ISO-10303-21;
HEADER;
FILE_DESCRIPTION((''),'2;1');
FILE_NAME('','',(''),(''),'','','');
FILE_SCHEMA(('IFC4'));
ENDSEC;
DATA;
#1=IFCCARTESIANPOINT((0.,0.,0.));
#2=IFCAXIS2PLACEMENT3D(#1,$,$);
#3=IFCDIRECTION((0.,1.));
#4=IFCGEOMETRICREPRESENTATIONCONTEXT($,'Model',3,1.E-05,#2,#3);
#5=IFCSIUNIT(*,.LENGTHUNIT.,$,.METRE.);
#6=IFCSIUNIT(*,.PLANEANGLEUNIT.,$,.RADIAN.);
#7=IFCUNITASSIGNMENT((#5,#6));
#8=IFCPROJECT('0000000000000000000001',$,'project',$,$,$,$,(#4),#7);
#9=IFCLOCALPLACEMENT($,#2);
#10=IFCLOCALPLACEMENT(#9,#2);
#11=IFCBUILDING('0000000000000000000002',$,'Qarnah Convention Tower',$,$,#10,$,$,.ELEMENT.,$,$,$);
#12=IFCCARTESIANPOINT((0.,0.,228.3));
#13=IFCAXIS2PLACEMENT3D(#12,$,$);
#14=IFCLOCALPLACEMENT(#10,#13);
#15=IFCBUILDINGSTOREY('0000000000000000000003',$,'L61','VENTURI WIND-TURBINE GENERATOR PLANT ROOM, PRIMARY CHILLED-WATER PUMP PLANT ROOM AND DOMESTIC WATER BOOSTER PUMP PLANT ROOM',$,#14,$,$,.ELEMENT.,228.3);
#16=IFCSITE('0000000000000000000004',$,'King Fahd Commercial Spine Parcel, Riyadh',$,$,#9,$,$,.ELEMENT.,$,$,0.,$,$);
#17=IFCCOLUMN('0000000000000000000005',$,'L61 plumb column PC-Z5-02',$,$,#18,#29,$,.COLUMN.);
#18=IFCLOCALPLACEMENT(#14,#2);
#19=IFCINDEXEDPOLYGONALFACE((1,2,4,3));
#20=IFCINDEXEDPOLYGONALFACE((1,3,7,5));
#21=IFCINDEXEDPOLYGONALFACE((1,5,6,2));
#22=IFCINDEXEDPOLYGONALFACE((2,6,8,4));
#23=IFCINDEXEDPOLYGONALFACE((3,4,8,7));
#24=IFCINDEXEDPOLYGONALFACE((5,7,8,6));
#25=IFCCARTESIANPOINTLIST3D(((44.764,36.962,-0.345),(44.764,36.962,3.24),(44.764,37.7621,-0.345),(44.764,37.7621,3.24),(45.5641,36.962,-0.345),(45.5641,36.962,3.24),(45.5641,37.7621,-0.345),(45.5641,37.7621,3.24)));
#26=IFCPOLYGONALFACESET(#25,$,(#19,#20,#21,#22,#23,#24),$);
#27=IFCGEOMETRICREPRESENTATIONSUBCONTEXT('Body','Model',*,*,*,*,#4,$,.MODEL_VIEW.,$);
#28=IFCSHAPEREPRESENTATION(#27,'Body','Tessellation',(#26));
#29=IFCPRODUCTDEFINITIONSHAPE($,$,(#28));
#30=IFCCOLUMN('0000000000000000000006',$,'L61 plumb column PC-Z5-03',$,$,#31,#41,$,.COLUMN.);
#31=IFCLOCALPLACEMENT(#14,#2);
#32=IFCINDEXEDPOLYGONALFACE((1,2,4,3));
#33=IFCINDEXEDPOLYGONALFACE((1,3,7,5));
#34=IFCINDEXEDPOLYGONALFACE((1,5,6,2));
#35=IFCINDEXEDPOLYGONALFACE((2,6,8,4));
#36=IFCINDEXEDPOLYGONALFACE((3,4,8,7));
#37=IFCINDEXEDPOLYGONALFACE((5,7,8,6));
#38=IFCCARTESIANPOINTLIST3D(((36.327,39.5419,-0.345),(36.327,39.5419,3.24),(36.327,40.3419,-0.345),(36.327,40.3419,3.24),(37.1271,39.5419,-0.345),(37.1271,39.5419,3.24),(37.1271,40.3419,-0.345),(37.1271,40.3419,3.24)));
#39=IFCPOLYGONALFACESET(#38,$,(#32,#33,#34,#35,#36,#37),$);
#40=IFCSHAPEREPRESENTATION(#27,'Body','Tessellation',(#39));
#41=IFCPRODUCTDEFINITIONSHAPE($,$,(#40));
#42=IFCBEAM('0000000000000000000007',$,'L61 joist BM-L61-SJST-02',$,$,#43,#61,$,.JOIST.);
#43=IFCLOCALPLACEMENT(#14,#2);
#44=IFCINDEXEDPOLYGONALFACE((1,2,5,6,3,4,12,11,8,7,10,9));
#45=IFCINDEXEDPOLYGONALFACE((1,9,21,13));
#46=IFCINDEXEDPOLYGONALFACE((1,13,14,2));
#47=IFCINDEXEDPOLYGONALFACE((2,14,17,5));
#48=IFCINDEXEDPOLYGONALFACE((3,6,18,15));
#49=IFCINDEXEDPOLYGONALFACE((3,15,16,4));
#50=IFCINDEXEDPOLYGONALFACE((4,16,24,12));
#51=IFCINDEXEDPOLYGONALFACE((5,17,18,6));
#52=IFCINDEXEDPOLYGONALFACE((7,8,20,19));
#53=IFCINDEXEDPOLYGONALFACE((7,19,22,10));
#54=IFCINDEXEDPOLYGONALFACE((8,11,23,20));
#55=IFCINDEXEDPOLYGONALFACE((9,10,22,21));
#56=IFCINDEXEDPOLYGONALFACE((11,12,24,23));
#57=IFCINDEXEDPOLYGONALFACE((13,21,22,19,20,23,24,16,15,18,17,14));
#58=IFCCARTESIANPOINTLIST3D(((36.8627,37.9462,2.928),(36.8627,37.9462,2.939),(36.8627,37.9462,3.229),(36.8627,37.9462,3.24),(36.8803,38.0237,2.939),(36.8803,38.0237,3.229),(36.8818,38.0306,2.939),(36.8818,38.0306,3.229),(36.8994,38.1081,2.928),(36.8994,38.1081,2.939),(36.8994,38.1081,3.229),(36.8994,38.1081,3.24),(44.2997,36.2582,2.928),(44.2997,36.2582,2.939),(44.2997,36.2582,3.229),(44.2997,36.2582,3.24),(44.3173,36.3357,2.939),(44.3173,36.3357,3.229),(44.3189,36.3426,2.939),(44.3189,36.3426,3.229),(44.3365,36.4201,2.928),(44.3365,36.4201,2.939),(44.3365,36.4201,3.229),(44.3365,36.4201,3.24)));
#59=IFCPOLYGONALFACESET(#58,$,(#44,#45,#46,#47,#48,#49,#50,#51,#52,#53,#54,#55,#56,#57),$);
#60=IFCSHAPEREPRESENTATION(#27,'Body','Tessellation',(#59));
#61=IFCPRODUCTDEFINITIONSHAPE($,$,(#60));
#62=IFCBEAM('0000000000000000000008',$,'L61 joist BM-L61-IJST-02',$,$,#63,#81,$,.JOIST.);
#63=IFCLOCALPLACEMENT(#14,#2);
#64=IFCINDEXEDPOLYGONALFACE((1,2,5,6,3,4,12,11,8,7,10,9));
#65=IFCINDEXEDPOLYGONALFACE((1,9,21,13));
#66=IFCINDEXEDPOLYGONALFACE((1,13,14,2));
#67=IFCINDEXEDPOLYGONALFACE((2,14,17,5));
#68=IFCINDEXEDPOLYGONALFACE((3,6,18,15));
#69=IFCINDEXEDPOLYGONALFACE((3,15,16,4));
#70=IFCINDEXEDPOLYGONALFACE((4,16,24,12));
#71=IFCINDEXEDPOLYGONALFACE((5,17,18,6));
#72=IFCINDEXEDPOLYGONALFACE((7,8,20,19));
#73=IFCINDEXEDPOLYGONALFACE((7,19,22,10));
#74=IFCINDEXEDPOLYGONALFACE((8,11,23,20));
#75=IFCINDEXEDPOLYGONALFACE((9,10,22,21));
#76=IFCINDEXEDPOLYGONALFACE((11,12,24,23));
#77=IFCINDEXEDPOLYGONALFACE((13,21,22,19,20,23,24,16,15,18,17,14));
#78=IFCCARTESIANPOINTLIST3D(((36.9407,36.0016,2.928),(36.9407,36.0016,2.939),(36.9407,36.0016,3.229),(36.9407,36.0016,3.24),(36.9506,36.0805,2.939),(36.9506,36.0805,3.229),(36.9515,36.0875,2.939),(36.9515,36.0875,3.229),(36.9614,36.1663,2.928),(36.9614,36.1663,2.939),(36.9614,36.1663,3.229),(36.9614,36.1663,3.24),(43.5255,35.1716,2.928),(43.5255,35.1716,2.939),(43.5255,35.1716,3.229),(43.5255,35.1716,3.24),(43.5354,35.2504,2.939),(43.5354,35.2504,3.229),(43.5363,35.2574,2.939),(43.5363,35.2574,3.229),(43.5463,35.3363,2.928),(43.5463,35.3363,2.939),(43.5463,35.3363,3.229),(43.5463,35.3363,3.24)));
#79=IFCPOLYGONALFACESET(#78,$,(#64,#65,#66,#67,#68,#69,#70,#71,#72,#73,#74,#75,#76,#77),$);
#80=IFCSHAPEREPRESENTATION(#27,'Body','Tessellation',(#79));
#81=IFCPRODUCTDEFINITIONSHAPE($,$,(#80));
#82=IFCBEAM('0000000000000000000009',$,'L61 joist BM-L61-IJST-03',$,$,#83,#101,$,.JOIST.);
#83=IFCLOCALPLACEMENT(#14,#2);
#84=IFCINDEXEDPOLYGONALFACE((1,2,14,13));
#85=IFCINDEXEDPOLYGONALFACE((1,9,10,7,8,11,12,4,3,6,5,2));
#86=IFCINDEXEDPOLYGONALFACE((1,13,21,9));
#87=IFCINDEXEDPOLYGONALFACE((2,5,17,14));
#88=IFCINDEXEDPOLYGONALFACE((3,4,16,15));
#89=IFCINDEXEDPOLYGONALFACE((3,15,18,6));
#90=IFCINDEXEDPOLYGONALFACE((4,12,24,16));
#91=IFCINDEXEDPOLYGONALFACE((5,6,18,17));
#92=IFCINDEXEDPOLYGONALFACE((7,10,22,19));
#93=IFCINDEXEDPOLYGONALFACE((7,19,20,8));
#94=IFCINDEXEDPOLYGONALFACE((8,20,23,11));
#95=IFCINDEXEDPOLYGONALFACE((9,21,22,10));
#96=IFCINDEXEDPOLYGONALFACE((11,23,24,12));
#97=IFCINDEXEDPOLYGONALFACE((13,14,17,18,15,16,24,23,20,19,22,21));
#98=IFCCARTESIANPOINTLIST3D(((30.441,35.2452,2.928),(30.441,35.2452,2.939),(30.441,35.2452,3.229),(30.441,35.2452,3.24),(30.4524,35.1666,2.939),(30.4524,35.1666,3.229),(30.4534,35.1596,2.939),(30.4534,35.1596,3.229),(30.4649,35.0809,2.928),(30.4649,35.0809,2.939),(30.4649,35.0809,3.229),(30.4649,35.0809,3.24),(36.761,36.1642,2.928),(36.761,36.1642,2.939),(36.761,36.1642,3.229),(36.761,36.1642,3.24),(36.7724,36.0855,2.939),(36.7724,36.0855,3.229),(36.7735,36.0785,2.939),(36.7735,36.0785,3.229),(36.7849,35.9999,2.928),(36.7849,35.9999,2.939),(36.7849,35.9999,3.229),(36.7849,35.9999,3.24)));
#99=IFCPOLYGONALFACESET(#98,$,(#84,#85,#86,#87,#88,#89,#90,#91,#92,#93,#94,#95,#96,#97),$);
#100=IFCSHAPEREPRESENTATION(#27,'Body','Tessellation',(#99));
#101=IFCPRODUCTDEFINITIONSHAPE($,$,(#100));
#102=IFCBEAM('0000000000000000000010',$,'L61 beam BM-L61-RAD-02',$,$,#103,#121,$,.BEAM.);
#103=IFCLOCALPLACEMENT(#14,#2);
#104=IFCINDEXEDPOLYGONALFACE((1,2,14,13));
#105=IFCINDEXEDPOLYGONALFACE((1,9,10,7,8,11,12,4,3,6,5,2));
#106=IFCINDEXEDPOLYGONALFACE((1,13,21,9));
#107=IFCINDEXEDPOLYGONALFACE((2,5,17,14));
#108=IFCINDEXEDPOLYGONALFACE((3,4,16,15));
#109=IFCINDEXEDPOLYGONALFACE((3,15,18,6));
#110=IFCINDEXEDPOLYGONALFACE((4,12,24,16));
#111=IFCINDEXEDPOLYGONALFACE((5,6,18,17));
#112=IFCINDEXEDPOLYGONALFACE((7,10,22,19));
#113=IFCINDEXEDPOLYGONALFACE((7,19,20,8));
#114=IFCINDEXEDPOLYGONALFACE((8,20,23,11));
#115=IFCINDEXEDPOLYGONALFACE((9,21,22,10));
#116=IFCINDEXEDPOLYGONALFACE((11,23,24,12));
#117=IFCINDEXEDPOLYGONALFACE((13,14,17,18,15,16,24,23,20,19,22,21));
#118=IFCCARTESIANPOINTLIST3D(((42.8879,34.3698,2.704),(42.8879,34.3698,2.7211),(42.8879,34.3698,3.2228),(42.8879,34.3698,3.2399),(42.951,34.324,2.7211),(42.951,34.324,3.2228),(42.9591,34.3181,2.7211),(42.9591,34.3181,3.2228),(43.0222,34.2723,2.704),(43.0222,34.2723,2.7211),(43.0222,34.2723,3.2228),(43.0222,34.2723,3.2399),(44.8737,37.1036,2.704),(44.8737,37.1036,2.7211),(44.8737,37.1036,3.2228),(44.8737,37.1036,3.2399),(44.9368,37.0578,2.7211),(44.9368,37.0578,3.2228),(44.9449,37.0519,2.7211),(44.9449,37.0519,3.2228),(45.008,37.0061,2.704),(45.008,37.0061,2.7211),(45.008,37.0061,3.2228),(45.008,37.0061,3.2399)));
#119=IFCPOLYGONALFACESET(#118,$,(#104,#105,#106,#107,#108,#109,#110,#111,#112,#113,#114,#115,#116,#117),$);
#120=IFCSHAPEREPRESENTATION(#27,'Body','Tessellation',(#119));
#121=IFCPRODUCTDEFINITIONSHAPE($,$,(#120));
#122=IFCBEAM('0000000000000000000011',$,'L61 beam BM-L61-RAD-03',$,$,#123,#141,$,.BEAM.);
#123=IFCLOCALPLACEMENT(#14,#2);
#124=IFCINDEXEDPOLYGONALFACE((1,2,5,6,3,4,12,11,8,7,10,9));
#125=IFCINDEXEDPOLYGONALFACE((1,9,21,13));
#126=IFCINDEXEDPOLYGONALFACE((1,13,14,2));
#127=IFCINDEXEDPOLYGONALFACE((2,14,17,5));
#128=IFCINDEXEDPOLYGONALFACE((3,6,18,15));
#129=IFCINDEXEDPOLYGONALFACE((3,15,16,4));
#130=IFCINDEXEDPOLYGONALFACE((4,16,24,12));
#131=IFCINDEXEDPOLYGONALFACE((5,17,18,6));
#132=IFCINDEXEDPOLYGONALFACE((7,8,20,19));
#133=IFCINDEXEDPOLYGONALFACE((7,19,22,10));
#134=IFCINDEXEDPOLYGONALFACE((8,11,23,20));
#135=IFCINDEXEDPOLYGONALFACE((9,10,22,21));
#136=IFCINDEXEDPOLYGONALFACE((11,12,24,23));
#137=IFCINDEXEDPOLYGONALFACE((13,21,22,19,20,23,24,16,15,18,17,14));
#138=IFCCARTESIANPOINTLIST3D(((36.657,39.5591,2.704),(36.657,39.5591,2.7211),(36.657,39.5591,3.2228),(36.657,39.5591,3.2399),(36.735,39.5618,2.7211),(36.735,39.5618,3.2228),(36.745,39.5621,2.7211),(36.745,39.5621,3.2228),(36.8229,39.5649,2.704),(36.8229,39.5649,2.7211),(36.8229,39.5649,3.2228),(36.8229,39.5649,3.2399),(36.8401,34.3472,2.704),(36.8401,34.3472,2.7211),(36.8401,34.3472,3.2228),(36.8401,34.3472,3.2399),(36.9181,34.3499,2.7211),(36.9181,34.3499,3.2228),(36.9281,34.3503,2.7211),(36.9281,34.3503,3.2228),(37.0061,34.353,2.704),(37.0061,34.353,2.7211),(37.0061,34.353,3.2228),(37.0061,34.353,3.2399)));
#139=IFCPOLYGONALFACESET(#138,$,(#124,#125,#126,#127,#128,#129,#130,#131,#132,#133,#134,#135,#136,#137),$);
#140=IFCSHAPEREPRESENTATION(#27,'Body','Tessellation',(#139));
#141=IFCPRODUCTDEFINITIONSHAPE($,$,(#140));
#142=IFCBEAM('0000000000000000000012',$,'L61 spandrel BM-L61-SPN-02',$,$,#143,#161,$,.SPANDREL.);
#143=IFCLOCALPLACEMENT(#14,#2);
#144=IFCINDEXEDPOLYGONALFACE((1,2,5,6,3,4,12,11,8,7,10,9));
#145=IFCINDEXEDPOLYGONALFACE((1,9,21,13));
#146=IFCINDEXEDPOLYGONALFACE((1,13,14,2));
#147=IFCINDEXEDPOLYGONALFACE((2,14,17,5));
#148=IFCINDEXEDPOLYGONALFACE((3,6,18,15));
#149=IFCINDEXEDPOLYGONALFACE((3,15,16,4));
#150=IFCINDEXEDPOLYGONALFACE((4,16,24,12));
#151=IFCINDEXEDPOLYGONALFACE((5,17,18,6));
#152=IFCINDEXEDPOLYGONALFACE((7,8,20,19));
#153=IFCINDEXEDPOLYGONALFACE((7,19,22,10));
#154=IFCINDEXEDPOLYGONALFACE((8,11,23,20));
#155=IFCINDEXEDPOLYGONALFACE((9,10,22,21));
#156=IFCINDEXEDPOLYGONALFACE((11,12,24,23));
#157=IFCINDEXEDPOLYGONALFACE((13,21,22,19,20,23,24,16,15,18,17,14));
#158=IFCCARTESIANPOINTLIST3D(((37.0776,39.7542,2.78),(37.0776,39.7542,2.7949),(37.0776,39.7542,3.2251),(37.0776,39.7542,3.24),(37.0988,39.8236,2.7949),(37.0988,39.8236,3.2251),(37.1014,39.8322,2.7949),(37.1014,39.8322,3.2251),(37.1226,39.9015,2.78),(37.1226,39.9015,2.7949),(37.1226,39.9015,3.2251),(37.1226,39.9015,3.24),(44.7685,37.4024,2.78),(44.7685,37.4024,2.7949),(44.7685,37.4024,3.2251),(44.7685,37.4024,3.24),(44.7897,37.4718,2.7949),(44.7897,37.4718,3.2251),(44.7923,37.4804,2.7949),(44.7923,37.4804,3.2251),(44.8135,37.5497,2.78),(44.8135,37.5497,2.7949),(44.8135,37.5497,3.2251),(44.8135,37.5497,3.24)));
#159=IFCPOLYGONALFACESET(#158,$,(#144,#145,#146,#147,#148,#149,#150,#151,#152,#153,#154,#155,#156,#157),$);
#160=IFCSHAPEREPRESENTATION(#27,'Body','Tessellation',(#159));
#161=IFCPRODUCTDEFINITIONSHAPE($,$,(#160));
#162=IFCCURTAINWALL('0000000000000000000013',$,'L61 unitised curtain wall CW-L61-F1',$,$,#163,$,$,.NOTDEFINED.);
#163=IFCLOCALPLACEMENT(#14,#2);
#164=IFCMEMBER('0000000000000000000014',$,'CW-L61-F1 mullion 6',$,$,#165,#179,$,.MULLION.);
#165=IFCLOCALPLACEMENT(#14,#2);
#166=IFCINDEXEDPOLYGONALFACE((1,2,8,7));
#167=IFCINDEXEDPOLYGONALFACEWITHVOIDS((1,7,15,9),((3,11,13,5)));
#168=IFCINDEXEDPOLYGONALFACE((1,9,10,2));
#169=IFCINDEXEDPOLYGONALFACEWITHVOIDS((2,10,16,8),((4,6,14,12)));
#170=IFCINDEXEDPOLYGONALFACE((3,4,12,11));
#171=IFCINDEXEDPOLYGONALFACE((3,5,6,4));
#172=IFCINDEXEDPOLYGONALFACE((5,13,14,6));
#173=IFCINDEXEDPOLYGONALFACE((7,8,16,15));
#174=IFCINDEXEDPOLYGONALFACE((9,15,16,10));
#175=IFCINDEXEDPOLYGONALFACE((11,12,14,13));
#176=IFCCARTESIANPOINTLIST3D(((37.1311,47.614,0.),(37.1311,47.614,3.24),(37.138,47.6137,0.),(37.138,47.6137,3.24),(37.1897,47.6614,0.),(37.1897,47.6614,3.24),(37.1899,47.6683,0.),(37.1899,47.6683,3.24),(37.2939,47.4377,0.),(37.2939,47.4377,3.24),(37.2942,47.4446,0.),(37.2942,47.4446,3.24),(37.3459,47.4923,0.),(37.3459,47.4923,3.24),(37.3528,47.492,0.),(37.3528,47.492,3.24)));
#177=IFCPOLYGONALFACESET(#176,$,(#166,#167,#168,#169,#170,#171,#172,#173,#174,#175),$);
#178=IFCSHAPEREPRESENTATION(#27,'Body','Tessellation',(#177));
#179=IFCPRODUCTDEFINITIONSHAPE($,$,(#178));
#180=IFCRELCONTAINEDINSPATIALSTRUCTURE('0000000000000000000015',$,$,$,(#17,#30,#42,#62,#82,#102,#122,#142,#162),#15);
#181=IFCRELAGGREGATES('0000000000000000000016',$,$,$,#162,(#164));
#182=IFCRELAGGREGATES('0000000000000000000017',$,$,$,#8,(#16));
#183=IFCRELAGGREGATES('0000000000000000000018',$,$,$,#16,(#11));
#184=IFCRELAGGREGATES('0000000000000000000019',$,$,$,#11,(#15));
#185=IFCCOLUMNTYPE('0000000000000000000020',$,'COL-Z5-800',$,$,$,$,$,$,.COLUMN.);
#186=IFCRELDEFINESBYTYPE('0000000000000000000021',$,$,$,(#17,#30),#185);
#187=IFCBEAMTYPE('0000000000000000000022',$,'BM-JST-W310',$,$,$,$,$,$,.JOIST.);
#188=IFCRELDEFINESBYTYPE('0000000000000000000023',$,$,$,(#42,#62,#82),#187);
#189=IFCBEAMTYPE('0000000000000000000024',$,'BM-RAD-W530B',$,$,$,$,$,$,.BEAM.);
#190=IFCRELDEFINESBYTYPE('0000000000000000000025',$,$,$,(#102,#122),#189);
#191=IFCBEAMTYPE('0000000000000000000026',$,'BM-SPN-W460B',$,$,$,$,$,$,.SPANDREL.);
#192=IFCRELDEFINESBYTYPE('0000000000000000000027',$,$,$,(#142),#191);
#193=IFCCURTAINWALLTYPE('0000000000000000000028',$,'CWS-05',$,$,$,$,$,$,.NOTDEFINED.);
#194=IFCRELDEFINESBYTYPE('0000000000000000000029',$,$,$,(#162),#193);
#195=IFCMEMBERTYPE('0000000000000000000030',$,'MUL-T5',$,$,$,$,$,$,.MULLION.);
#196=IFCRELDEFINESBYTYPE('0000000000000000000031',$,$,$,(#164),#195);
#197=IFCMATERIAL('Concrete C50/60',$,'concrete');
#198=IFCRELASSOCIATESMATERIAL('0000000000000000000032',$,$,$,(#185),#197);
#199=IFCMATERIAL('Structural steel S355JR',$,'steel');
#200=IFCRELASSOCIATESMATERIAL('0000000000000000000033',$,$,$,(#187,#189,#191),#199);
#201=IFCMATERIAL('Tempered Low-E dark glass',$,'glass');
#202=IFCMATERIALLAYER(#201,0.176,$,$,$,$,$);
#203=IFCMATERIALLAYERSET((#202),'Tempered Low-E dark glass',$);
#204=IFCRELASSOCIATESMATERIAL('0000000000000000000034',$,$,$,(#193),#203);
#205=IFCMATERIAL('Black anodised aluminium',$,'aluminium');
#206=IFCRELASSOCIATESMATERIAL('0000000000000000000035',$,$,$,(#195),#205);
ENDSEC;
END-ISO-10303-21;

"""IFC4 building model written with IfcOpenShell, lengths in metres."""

from ifc_helpers import new_model, si_unit, direction, frame, origin, origin_2d, place, context, subcontext, project, spatial, rectangle, hollow_rectangle, i_section, extrude, material, layer, layer_set, material_profile, profile_set, type_object, element, aggregate, save


model = new_model("IFC4")

# Units and contexts
model_context = context("Model", 3, precision=1e-05, world=origin(), true_north=direction((0.0, 1.0)))
body_context = subcontext(model_context, "Body", "Model", "MODEL_VIEW")
ifc_project = project(units=[si_unit("LENGTHUNIT", "METRE"), si_unit("PLANEANGLEUNIT", "RADIAN")], contexts=[model_context])

# Site, building, storey
site_placement = place(None, origin())
site = spatial("IfcSite", under=ifc_project, at=site_placement, Name="King Fahd Commercial Spine Parcel, Riyadh", CompositionType="ELEMENT", RefElevation=0.0)
building_placement = place(site_placement, origin())
building = spatial("IfcBuilding", under=site, at=building_placement, Name="Qarnah Convention Tower", CompositionType="ELEMENT")
storey_placement = place(building_placement, frame((0.0, 0.0, 228.3)))
storey = spatial("IfcBuildingStorey", under=building, at=storey_placement, Name="L61", Description="VENTURI WIND-TURBINE GENERATOR PLANT ROOM, PRIMARY CHILLED-WATER PUMP PLANT ROOM AND DOMESTIC WATER BOOSTER PUMP PLANT ROOM", CompositionType="ELEMENT", Elevation=228.3)

# Columns
ifc_material_1 = material(Name="Concrete C50/60", Category="concrete")
ifc_material_profile_1 = material_profile(ifc_material_1, rectangle(XDim=0.8, YDim=0.8, at=origin_2d()), Name="RC-COL-800X800")
ifc_profile_set_1 = profile_set([ifc_material_profile_1], Name="Concrete C50/60")
column_type = type_object("IfcColumnType", Name="COL-Z5-800", PredefinedType="COLUMN", material=ifc_profile_set_1)
for number, where, z_axis, x_axis, name in (
    (1, (45.1641, 37.3621, -0.345), (0.0, 0.0, 1.0), (1.0, 0.0, 0.0), "L61 plumb column PC-Z5-02"),
    (2, (36.7271, 39.9419, -0.345), (0.0, 0.0, 1.0), (1.0, 0.0, 0.0), "L61 plumb column PC-Z5-03"),
):
    element("IfcColumn", number, at=place(storey_placement, frame(where, z_axis=z_axis, x_axis=x_axis)), inside=storey, type_object=column_type, Name=name, PredefinedType="COLUMN", context=body_context, shape_type="SweptSolid", body=[
        extrude(rectangle(XDim=0.8, YDim=0.8, at=origin_2d()), origin(), (0.0, 0.0, 1.0), 3.585),
    ])

# Beams
ifc_material_2 = material(Name="Structural steel S355JR", Category="steel")
ifc_material_profile_2 = material_profile(ifc_material_2, i_section(OverallWidth=0.166, OverallDepth=0.312, WebThickness=0.0071, FlangeThickness=0.011, at=origin_2d()), Name="W310X45")
ifc_profile_set_2 = profile_set([ifc_material_profile_2], Name="Structural steel S355JR")
beam_type_1 = type_object("IfcBeamType", Name="BM-JST-W310", PredefinedType="JOIST", material=ifc_profile_set_2)
beam_1_placement = place(storey_placement, frame((44.3181, 36.3391, 3.084), z_axis=(-0.975196, 0.221342, 0.0), x_axis=(-0.221342, -0.975196, 0.0)))
element("IfcBeam", 3, at=beam_1_placement, inside=storey, type_object=beam_type_1, Name="L61 joist BM-L61-SJST-02", PredefinedType="JOIST", context=body_context, shape_type="SweptSolid", body=[
    extrude(i_section(OverallWidth=0.166, OverallDepth=0.312, WebThickness=0.0071, FlangeThickness=0.011, at=origin_2d()), origin(), (0.0, 0.0, 1.0), 7.6262),
])
beam_2_placement = place(storey_placement, frame((43.5359, 35.2539, 3.084), z_axis=(-0.992148, 0.125067, 0.0), x_axis=(-0.125067, -0.992148, 0.0)))
element("IfcBeam", 4, at=beam_2_placement, inside=storey, type_object=beam_type_1, Name="L61 joist BM-L61-IJST-02", PredefinedType="JOIST", context=body_context, shape_type="SweptSolid", body=[
    extrude(i_section(OverallWidth=0.166, OverallDepth=0.312, WebThickness=0.0071, FlangeThickness=0.011, at=origin_2d()), origin(), (0.0, 0.0, 1.0), 6.637),
])
beam_3_placement = place(storey_placement, frame((36.7729, 36.082, 3.084), z_axis=(-0.989594, -0.143888, 0.0), x_axis=(0.143888, -0.989594, 0.0)))
element("IfcBeam", 5, at=beam_3_placement, inside=storey, type_object=beam_type_1, Name="L61 joist BM-L61-IJST-03", PredefinedType="JOIST", context=body_context, shape_type="SweptSolid", body=[
    extrude(i_section(OverallWidth=0.166, OverallDepth=0.312, WebThickness=0.0071, FlangeThickness=0.011, at=origin_2d()), origin(), (0.0, 0.0, 1.0), 6.3865),
])
ifc_material_profile_3 = material_profile(ifc_material_2, i_section(OverallWidth=0.166, OverallDepth=0.5359, WebThickness=0.01, FlangeThickness=0.0171, at=origin_2d()), Name="W530X85")
ifc_profile_set_3 = profile_set([ifc_material_profile_3], Name="Structural steel S355JR")
beam_type_2 = type_object("IfcBeamType", Name="BM-RAD-W530B", PredefinedType="BEAM", material=ifc_profile_set_3)
beam_4_placement = place(storey_placement, frame((42.9551, 34.321, 2.9719), z_axis=(0.587699, 0.80908, 0.0), x_axis=(-0.80908, 0.587699, 0.0)))
element("IfcBeam", 6, at=beam_4_placement, inside=storey, type_object=beam_type_2, Name="L61 beam BM-L61-RAD-02", PredefinedType="BEAM", context=body_context, shape_type="SweptSolid", body=[
    extrude(i_section(OverallWidth=0.166, OverallDepth=0.5359, WebThickness=0.01, FlangeThickness=0.0171, at=origin_2d()), origin(), (0.0, 0.0, 1.0), 3.3789),
])
beam_5_placement = place(storey_placement, frame((36.9231, 34.3501, 2.9719), z_axis=(-0.03511, 0.999383, 0.0), x_axis=(-0.999383, -0.03511, 0.0)))
element("IfcBeam", 7, at=beam_5_placement, inside=storey, type_object=beam_type_2, Name="L61 beam BM-L61-RAD-03", PredefinedType="BEAM", context=body_context, shape_type="SweptSolid", body=[
    extrude(i_section(OverallWidth=0.166, OverallDepth=0.5359, WebThickness=0.01, FlangeThickness=0.0171, at=origin_2d()), origin(), (0.0, 0.0, 1.0), 5.2151),
])
ifc_material_profile_4 = material_profile(ifc_material_2, i_section(OverallWidth=0.1541, OverallDepth=0.46, WebThickness=0.009, FlangeThickness=0.0149, at=origin_2d()), Name="W460X68")
ifc_profile_set_4 = profile_set([ifc_material_profile_4], Name="Structural steel S355JR")
beam_type_3 = type_object("IfcBeamType", Name="BM-SPN-W460B", PredefinedType="SPANDREL", material=ifc_profile_set_4)
beam_6_placement = place(storey_placement, frame((44.791, 37.4761, 3.01), z_axis=(-0.956289, 0.292424, 0.0), x_axis=(-0.292424, -0.956289, 0.0)))
element("IfcBeam", 8, at=beam_6_placement, inside=storey, type_object=beam_type_3, Name="L61 spandrel BM-L61-SPN-02", PredefinedType="SPANDREL", context=body_context, shape_type="SweptSolid", body=[
    extrude(i_section(OverallWidth=0.1541, OverallDepth=0.46, WebThickness=0.009, FlangeThickness=0.0149, at=origin_2d()), origin(), (0.0, 0.0, 1.0), 8.0425),
])

# Curtain wall, member
ifc_material_3 = material(Name="Tempered Low-E dark glass", Category="glass")
ifc_layer_1 = layer(ifc_material_3, 0.176)
ifc_layer_set_1 = layer_set([ifc_layer_1], Name="Tempered Low-E dark glass")
curtain_wall_type = type_object("IfcCurtainWallType", Name="CWS-05", PredefinedType="NOTDEFINED", material=ifc_layer_set_1)
curtain_wall_1_placement = place(storey_placement, origin())
curtain_wall_1 = element("IfcCurtainWall", 9, at=curtain_wall_1_placement, inside=storey, type_object=curtain_wall_type, Name="L61 unitised curtain wall CW-L61-F1", PredefinedType="NOTDEFINED")
ifc_material_4 = material(Name="Black anodised aluminium", Category="aluminium")
ifc_material_profile_5 = material_profile(ifc_material_4, hollow_rectangle(XDim=0.0801, YDim=0.24, WallThickness=0.0049, at=origin_2d()), Name="MUL-80X240")
ifc_profile_set_5 = profile_set([ifc_material_profile_5], Name="Black anodised aluminium")
member_type_1 = type_object("IfcMemberType", Name="MUL-T5", PredefinedType="MULLION", material=ifc_profile_set_5)
member_1_placement = place(storey_placement, frame((37.2419, 47.553, 0.0), z_axis=(0.0, 0.0, 1.0), x_axis=(0.734657, 0.678439, 0.0)))
member_1 = element("IfcMember", 10, at=member_1_placement, type_object=member_type_1, Name="CW-L61-F1 mullion 6", PredefinedType="MULLION", context=body_context, shape_type="SweptSolid", body=[
    extrude(hollow_rectangle(XDim=0.0801, YDim=0.24, WallThickness=0.0049, at=origin_2d()), origin(), (0.0, 0.0, 1.0), 3.24),
])
aggregate(curtain_wall_1, [member_1])

save(model, "model.ifc")
